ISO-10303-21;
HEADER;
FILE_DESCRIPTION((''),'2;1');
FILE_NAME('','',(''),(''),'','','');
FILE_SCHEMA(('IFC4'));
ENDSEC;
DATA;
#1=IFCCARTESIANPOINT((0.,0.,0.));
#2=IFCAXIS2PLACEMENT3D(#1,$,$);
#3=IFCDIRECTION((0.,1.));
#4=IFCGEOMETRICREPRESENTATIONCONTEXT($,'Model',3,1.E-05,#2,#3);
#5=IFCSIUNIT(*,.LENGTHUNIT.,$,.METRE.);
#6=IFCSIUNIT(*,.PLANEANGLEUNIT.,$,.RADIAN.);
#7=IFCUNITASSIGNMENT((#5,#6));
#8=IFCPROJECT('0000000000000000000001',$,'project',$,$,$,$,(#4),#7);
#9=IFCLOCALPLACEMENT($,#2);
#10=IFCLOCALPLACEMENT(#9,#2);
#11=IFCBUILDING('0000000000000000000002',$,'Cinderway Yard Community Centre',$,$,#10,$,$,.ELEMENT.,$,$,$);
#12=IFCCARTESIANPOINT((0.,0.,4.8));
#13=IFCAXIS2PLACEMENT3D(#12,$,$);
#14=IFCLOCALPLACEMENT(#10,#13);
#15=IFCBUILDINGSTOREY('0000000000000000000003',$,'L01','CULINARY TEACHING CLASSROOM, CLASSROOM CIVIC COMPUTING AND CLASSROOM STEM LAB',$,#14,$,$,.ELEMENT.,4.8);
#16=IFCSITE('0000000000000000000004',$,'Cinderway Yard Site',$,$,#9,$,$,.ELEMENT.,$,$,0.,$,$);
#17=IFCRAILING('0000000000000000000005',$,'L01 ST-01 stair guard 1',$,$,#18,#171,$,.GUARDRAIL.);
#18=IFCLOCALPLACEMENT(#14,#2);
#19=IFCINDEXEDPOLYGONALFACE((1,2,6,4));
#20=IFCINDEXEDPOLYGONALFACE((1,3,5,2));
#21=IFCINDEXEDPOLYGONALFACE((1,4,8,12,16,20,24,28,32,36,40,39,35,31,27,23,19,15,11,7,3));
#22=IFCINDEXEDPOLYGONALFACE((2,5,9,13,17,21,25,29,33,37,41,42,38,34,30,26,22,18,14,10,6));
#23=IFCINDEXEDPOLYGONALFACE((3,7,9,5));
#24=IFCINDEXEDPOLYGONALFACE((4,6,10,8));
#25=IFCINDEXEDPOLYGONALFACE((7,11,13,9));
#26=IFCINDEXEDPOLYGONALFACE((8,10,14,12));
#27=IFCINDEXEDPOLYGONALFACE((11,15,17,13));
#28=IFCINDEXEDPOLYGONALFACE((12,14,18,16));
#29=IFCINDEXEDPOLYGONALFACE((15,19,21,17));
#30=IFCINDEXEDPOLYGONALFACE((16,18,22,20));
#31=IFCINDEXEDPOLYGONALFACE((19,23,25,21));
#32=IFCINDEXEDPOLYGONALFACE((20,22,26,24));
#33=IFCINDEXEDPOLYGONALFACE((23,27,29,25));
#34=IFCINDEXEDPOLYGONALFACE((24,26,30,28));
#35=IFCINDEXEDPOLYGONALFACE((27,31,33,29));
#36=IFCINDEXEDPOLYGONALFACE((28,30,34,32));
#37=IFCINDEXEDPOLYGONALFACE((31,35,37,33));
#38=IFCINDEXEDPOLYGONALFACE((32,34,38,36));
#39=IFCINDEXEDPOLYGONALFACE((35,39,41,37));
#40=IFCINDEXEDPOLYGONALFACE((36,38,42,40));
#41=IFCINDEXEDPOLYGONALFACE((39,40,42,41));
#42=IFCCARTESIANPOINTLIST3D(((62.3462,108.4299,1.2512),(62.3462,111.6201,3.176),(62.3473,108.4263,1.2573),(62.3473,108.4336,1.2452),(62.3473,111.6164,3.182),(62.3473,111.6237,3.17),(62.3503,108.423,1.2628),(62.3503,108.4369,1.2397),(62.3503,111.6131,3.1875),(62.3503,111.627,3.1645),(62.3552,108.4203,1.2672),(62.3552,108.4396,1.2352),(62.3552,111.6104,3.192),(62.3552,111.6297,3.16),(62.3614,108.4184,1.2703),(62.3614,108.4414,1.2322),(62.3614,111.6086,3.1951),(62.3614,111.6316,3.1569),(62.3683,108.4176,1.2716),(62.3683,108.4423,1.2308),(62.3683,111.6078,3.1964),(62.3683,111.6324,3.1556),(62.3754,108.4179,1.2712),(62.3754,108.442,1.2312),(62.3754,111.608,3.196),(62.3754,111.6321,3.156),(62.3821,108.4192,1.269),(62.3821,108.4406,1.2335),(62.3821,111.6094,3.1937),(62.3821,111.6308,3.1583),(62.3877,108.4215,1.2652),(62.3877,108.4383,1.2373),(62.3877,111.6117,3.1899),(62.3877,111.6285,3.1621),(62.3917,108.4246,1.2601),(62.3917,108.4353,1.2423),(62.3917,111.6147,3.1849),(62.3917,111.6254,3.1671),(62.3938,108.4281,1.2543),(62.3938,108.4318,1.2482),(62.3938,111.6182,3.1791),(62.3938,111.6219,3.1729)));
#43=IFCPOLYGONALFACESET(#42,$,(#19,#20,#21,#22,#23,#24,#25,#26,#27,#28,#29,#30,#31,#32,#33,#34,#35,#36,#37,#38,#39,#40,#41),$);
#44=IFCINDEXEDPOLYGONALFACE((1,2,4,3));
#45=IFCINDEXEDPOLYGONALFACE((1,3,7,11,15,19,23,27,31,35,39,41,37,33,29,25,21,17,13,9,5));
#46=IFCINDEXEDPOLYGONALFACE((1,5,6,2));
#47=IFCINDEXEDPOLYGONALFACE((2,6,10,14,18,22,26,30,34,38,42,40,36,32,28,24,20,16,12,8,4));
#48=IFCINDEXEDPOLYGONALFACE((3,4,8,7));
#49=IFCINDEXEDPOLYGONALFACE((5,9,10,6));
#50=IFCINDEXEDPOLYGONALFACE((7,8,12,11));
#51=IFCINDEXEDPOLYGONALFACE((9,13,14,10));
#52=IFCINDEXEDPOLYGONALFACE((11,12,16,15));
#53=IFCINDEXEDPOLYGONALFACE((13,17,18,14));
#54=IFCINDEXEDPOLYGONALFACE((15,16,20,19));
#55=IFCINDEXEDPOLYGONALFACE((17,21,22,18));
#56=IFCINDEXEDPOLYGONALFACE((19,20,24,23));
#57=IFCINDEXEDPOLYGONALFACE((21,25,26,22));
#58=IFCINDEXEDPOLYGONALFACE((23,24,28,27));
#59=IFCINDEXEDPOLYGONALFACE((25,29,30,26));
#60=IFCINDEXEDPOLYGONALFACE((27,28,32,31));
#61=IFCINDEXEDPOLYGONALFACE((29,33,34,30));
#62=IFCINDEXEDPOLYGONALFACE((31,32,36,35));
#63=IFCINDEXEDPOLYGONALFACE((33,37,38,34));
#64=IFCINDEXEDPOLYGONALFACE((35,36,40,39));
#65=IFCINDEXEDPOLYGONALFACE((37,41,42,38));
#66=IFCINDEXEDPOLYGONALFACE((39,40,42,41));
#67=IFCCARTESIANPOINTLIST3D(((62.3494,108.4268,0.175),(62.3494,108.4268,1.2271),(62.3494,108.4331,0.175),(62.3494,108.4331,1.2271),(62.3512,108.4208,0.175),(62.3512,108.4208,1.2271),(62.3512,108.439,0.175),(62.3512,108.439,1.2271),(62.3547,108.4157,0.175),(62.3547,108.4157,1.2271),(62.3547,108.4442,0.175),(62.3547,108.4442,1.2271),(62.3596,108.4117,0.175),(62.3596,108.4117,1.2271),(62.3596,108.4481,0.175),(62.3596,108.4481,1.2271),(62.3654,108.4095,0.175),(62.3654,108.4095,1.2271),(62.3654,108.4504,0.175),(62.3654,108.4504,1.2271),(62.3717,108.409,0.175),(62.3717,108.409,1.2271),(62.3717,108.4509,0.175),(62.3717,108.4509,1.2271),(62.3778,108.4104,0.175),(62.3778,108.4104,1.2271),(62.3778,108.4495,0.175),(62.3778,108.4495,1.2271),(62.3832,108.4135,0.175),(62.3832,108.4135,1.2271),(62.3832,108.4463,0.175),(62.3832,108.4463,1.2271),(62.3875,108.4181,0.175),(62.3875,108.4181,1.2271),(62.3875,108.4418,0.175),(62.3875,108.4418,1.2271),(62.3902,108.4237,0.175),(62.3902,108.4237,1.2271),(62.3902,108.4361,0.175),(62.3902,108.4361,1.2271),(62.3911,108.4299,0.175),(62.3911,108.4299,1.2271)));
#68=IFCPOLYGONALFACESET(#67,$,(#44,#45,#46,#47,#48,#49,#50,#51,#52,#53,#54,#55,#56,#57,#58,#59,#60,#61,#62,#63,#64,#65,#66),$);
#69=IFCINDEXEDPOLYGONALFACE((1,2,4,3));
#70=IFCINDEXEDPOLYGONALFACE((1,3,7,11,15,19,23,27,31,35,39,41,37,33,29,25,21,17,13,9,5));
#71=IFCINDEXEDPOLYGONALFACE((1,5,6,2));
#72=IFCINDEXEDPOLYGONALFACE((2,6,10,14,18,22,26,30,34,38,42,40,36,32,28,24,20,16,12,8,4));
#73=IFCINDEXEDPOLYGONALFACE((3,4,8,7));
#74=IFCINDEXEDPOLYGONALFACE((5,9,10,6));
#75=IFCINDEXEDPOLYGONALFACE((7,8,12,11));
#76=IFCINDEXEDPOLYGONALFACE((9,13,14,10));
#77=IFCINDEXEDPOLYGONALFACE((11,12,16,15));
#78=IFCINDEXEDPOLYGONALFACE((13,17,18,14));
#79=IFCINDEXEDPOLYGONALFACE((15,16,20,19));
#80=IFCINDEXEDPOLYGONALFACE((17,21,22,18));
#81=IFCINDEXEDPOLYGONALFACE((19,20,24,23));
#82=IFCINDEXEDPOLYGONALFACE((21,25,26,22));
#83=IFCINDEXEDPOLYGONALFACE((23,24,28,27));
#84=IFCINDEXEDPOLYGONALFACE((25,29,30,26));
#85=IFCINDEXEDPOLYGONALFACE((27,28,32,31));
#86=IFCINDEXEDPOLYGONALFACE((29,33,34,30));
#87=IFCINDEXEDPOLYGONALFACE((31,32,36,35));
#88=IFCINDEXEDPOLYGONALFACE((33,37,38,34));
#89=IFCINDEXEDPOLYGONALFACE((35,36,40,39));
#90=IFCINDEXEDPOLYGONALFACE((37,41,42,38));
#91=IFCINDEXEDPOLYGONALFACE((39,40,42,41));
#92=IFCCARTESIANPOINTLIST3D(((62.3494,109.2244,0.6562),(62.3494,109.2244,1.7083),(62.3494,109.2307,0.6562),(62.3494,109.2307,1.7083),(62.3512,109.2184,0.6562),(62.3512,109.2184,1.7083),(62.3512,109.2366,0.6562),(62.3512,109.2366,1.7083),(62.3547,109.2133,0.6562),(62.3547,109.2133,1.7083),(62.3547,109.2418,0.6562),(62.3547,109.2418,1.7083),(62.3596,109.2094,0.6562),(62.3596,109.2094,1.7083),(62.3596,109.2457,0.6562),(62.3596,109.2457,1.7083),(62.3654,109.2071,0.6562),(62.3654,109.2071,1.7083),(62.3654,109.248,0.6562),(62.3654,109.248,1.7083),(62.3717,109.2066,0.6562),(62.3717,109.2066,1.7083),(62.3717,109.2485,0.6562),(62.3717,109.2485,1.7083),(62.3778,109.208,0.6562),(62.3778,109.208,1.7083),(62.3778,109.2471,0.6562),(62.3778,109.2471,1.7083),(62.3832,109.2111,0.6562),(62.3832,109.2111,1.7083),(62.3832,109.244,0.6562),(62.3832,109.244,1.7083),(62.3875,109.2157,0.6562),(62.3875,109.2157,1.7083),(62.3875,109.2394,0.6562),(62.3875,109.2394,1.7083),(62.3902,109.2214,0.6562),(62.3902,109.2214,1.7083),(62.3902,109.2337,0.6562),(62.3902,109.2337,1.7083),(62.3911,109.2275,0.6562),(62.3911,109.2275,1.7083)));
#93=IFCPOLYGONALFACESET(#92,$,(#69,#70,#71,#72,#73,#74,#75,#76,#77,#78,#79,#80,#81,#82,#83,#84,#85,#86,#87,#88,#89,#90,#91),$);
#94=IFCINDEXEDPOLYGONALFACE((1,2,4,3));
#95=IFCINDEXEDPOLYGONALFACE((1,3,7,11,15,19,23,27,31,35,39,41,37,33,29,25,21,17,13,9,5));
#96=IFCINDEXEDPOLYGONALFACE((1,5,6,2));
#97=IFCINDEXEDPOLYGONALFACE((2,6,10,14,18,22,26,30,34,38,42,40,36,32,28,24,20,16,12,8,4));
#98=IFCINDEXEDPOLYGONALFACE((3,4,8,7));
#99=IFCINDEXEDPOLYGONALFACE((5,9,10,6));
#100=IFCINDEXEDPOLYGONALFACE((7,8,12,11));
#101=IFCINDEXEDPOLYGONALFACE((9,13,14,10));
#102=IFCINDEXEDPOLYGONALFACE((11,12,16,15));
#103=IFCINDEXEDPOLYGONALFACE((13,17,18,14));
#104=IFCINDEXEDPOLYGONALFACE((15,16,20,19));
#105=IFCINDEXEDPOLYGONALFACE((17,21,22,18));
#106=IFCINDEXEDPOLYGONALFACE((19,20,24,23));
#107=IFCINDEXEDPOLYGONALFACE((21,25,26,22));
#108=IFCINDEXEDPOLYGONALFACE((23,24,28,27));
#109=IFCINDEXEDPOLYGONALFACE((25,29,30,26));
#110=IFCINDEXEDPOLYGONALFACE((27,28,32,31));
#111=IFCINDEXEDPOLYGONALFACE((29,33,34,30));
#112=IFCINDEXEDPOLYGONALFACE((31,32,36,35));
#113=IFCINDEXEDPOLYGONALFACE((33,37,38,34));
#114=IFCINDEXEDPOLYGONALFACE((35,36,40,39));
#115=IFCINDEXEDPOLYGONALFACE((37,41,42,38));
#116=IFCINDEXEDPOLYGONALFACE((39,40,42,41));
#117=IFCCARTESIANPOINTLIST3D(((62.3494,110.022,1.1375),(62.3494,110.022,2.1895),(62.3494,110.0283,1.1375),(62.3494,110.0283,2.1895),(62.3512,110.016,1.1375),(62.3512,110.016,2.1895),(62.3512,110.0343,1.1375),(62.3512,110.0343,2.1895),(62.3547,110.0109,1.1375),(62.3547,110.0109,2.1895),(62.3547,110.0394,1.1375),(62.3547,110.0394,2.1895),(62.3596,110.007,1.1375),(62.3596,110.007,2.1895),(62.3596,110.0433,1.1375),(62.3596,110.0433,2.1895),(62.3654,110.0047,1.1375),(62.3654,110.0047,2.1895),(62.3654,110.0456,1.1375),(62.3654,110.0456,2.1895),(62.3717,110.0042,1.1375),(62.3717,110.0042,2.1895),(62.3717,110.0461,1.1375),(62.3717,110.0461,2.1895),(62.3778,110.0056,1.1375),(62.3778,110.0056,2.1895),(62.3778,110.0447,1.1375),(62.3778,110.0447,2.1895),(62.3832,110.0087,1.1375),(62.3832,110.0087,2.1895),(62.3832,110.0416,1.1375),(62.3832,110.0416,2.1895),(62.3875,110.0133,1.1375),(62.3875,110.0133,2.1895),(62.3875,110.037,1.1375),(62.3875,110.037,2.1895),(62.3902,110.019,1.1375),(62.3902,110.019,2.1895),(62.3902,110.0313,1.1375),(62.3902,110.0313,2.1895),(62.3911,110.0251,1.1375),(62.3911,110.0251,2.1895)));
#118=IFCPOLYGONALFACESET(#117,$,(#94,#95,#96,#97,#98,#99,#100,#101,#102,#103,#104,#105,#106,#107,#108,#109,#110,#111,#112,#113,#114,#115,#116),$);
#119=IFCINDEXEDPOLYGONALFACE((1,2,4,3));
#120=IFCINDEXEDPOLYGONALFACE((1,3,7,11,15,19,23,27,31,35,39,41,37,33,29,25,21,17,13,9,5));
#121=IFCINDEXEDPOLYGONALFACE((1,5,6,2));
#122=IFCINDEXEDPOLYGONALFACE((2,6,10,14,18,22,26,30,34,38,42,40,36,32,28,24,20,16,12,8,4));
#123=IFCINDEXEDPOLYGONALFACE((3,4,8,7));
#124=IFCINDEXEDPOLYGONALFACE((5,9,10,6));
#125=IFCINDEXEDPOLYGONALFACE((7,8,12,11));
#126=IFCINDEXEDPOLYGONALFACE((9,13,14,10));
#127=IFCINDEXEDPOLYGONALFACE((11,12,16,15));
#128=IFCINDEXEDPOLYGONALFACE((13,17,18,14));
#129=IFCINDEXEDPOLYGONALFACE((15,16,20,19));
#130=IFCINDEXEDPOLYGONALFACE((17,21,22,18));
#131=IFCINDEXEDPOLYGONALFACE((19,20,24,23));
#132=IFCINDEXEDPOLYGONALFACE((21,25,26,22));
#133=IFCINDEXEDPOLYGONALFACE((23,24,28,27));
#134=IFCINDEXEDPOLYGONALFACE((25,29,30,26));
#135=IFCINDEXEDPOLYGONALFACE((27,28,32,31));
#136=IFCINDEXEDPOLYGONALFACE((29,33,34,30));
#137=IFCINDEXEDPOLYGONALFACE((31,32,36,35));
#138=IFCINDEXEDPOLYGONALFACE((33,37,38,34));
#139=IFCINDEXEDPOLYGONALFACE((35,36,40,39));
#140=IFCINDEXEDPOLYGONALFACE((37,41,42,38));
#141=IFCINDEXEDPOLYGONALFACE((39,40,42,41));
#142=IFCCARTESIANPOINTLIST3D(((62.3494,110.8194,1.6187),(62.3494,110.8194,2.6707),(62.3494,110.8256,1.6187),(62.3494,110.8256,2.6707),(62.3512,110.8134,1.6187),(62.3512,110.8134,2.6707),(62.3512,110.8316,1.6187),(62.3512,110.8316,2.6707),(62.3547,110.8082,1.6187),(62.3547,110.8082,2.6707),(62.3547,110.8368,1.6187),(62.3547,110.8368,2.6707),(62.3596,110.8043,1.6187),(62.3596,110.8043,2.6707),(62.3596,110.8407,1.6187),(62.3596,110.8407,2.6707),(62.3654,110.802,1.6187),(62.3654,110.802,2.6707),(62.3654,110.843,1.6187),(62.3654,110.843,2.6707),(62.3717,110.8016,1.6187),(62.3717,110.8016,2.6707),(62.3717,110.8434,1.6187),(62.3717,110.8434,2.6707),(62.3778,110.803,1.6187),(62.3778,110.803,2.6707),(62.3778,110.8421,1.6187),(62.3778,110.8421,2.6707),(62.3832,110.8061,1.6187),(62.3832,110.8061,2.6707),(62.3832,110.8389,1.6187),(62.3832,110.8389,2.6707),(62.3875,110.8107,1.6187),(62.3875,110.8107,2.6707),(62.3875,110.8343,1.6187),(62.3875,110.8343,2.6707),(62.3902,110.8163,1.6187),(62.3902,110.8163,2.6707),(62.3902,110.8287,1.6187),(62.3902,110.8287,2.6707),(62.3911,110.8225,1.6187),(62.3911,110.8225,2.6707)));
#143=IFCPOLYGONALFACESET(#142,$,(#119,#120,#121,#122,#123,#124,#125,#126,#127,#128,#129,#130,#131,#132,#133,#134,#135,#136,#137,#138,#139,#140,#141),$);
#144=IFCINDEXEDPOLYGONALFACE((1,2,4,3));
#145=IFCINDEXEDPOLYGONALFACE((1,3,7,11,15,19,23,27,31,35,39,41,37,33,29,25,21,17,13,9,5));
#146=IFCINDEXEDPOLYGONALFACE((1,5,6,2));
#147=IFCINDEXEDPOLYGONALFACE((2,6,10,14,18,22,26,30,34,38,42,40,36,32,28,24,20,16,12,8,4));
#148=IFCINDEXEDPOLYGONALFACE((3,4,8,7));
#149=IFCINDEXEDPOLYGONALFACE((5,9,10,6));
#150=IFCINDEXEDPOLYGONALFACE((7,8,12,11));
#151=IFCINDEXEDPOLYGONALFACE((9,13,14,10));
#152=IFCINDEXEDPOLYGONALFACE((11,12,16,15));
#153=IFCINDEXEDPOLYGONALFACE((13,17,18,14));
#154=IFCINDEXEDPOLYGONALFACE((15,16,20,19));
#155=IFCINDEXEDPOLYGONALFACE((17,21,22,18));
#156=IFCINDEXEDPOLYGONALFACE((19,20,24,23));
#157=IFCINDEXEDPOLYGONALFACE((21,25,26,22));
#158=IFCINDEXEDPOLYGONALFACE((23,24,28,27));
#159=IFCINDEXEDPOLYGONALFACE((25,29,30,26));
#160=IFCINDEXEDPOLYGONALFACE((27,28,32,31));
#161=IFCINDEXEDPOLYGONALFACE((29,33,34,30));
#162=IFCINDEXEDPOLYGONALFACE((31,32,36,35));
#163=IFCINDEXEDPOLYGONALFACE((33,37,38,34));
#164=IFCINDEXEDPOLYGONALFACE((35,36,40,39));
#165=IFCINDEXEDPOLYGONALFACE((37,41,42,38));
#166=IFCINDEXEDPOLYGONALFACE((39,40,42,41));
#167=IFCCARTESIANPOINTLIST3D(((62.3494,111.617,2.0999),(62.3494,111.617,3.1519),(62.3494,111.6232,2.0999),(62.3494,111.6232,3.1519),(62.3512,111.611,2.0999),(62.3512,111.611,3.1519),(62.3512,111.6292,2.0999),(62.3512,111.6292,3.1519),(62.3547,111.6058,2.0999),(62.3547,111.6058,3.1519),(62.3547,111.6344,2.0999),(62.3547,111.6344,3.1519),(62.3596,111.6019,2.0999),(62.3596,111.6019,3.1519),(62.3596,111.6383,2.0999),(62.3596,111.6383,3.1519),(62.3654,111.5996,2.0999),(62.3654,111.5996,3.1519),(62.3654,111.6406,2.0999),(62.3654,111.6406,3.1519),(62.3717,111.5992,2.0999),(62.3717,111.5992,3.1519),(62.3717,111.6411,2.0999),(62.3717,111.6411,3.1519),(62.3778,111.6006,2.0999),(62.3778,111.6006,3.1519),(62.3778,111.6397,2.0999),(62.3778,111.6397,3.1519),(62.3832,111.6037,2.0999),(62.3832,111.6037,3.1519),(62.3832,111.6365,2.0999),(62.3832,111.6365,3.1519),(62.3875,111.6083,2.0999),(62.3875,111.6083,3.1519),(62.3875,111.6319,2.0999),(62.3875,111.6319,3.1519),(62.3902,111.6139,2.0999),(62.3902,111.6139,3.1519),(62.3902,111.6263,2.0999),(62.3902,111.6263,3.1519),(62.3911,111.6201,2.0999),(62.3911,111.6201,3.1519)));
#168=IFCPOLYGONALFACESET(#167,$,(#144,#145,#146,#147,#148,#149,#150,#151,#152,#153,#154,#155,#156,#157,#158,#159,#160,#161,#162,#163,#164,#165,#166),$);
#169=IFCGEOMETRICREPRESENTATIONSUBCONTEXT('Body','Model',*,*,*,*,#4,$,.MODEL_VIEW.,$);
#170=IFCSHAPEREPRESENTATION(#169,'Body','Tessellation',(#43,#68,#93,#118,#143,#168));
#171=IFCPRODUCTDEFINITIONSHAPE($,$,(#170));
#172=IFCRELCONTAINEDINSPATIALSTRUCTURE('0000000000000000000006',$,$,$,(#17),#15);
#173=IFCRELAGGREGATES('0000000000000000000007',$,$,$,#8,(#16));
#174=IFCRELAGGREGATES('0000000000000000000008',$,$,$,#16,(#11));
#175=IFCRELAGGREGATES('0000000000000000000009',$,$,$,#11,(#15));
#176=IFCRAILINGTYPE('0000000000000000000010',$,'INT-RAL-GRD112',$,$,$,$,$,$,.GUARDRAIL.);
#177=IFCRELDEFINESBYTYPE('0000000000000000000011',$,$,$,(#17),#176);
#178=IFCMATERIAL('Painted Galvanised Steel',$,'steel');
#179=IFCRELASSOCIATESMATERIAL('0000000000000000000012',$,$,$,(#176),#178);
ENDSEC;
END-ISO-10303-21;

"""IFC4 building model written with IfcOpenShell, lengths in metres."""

from ifc_helpers import new_model, si_unit, direction, frame, origin, origin_2d, place, context, subcontext, project, spatial, circle, extrude, material, type_object, element, save


model = new_model("IFC4")

# Units and contexts
model_context = context("Model", 3, precision=1e-05, world=origin(), true_north=direction((0.0, 1.0)))
body_context = subcontext(model_context, "Body", "Model", "MODEL_VIEW")
ifc_project = project(units=[si_unit("LENGTHUNIT", "METRE"), si_unit("PLANEANGLEUNIT", "RADIAN")], contexts=[model_context])

# Site, building, storey
site_placement = place(None, origin())
site = spatial("IfcSite", under=ifc_project, at=site_placement, Name="Cinderway Yard Site", CompositionType="ELEMENT", RefElevation=0.0)
building_placement = place(site_placement, origin())
building = spatial("IfcBuilding", under=site, at=building_placement, Name="Cinderway Yard Community Centre", CompositionType="ELEMENT")
storey_placement = place(building_placement, frame((0.0, 0.0, 4.8)))
storey = spatial("IfcBuildingStorey", under=building, at=storey_placement, Name="L01", Description="CULINARY TEACHING CLASSROOM, CLASSROOM CIVIC COMPUTING AND CLASSROOM STEM LAB", CompositionType="ELEMENT", Elevation=4.8)

# Shared definitions
ifc_material_1 = material(Name="Painted Galvanised Steel", Category="steel")

# Railing
railing_type_1 = type_object("IfcRailingType", Name="INT-RAL-GRD112", PredefinedType="GUARDRAIL", material=ifc_material_1)
railing_1_placement = place(storey_placement, frame((62.3701, 108.4299, 0.175)))
element("IfcRailing", 1, at=railing_1_placement, inside=storey, type_object=railing_type_1, Name="L01 ST-01 stair guard 1", PredefinedType="GUARDRAIL", context=body_context, shape_type="SweptSolid", body=[
    extrude(circle(Radius=0.0239, at=origin_2d()), frame((0.0, 0.0, 1.0762), z_axis=(0.0, 0.856224, 0.516605), x_axis=(-1.0, 0.0, 0.0)), (0.0, 0.0, 1.0), 3.7258),
    extrude(circle(Radius=0.021, at=origin_2d()), origin(), (0.0, 0.0, 1.0), 1.052),
    extrude(circle(Radius=0.021, at=origin_2d()), frame((0.0, 0.7976, 0.4812)), (0.0, 0.0, 1.0), 1.052),
    extrude(circle(Radius=0.021, at=origin_2d()), frame((0.0, 1.5952, 0.9624)), (0.0, 0.0, 1.0), 1.052),
    extrude(circle(Radius=0.021, at=origin_2d()), frame((0.0, 2.3926, 1.4436)), (0.0, 0.0, 1.0), 1.052),
    extrude(circle(Radius=0.021, at=origin_2d()), frame((0.0, 3.1902, 1.9248)), (0.0, 0.0, 1.0), 1.052),
])

save(model, "model.ifc")
